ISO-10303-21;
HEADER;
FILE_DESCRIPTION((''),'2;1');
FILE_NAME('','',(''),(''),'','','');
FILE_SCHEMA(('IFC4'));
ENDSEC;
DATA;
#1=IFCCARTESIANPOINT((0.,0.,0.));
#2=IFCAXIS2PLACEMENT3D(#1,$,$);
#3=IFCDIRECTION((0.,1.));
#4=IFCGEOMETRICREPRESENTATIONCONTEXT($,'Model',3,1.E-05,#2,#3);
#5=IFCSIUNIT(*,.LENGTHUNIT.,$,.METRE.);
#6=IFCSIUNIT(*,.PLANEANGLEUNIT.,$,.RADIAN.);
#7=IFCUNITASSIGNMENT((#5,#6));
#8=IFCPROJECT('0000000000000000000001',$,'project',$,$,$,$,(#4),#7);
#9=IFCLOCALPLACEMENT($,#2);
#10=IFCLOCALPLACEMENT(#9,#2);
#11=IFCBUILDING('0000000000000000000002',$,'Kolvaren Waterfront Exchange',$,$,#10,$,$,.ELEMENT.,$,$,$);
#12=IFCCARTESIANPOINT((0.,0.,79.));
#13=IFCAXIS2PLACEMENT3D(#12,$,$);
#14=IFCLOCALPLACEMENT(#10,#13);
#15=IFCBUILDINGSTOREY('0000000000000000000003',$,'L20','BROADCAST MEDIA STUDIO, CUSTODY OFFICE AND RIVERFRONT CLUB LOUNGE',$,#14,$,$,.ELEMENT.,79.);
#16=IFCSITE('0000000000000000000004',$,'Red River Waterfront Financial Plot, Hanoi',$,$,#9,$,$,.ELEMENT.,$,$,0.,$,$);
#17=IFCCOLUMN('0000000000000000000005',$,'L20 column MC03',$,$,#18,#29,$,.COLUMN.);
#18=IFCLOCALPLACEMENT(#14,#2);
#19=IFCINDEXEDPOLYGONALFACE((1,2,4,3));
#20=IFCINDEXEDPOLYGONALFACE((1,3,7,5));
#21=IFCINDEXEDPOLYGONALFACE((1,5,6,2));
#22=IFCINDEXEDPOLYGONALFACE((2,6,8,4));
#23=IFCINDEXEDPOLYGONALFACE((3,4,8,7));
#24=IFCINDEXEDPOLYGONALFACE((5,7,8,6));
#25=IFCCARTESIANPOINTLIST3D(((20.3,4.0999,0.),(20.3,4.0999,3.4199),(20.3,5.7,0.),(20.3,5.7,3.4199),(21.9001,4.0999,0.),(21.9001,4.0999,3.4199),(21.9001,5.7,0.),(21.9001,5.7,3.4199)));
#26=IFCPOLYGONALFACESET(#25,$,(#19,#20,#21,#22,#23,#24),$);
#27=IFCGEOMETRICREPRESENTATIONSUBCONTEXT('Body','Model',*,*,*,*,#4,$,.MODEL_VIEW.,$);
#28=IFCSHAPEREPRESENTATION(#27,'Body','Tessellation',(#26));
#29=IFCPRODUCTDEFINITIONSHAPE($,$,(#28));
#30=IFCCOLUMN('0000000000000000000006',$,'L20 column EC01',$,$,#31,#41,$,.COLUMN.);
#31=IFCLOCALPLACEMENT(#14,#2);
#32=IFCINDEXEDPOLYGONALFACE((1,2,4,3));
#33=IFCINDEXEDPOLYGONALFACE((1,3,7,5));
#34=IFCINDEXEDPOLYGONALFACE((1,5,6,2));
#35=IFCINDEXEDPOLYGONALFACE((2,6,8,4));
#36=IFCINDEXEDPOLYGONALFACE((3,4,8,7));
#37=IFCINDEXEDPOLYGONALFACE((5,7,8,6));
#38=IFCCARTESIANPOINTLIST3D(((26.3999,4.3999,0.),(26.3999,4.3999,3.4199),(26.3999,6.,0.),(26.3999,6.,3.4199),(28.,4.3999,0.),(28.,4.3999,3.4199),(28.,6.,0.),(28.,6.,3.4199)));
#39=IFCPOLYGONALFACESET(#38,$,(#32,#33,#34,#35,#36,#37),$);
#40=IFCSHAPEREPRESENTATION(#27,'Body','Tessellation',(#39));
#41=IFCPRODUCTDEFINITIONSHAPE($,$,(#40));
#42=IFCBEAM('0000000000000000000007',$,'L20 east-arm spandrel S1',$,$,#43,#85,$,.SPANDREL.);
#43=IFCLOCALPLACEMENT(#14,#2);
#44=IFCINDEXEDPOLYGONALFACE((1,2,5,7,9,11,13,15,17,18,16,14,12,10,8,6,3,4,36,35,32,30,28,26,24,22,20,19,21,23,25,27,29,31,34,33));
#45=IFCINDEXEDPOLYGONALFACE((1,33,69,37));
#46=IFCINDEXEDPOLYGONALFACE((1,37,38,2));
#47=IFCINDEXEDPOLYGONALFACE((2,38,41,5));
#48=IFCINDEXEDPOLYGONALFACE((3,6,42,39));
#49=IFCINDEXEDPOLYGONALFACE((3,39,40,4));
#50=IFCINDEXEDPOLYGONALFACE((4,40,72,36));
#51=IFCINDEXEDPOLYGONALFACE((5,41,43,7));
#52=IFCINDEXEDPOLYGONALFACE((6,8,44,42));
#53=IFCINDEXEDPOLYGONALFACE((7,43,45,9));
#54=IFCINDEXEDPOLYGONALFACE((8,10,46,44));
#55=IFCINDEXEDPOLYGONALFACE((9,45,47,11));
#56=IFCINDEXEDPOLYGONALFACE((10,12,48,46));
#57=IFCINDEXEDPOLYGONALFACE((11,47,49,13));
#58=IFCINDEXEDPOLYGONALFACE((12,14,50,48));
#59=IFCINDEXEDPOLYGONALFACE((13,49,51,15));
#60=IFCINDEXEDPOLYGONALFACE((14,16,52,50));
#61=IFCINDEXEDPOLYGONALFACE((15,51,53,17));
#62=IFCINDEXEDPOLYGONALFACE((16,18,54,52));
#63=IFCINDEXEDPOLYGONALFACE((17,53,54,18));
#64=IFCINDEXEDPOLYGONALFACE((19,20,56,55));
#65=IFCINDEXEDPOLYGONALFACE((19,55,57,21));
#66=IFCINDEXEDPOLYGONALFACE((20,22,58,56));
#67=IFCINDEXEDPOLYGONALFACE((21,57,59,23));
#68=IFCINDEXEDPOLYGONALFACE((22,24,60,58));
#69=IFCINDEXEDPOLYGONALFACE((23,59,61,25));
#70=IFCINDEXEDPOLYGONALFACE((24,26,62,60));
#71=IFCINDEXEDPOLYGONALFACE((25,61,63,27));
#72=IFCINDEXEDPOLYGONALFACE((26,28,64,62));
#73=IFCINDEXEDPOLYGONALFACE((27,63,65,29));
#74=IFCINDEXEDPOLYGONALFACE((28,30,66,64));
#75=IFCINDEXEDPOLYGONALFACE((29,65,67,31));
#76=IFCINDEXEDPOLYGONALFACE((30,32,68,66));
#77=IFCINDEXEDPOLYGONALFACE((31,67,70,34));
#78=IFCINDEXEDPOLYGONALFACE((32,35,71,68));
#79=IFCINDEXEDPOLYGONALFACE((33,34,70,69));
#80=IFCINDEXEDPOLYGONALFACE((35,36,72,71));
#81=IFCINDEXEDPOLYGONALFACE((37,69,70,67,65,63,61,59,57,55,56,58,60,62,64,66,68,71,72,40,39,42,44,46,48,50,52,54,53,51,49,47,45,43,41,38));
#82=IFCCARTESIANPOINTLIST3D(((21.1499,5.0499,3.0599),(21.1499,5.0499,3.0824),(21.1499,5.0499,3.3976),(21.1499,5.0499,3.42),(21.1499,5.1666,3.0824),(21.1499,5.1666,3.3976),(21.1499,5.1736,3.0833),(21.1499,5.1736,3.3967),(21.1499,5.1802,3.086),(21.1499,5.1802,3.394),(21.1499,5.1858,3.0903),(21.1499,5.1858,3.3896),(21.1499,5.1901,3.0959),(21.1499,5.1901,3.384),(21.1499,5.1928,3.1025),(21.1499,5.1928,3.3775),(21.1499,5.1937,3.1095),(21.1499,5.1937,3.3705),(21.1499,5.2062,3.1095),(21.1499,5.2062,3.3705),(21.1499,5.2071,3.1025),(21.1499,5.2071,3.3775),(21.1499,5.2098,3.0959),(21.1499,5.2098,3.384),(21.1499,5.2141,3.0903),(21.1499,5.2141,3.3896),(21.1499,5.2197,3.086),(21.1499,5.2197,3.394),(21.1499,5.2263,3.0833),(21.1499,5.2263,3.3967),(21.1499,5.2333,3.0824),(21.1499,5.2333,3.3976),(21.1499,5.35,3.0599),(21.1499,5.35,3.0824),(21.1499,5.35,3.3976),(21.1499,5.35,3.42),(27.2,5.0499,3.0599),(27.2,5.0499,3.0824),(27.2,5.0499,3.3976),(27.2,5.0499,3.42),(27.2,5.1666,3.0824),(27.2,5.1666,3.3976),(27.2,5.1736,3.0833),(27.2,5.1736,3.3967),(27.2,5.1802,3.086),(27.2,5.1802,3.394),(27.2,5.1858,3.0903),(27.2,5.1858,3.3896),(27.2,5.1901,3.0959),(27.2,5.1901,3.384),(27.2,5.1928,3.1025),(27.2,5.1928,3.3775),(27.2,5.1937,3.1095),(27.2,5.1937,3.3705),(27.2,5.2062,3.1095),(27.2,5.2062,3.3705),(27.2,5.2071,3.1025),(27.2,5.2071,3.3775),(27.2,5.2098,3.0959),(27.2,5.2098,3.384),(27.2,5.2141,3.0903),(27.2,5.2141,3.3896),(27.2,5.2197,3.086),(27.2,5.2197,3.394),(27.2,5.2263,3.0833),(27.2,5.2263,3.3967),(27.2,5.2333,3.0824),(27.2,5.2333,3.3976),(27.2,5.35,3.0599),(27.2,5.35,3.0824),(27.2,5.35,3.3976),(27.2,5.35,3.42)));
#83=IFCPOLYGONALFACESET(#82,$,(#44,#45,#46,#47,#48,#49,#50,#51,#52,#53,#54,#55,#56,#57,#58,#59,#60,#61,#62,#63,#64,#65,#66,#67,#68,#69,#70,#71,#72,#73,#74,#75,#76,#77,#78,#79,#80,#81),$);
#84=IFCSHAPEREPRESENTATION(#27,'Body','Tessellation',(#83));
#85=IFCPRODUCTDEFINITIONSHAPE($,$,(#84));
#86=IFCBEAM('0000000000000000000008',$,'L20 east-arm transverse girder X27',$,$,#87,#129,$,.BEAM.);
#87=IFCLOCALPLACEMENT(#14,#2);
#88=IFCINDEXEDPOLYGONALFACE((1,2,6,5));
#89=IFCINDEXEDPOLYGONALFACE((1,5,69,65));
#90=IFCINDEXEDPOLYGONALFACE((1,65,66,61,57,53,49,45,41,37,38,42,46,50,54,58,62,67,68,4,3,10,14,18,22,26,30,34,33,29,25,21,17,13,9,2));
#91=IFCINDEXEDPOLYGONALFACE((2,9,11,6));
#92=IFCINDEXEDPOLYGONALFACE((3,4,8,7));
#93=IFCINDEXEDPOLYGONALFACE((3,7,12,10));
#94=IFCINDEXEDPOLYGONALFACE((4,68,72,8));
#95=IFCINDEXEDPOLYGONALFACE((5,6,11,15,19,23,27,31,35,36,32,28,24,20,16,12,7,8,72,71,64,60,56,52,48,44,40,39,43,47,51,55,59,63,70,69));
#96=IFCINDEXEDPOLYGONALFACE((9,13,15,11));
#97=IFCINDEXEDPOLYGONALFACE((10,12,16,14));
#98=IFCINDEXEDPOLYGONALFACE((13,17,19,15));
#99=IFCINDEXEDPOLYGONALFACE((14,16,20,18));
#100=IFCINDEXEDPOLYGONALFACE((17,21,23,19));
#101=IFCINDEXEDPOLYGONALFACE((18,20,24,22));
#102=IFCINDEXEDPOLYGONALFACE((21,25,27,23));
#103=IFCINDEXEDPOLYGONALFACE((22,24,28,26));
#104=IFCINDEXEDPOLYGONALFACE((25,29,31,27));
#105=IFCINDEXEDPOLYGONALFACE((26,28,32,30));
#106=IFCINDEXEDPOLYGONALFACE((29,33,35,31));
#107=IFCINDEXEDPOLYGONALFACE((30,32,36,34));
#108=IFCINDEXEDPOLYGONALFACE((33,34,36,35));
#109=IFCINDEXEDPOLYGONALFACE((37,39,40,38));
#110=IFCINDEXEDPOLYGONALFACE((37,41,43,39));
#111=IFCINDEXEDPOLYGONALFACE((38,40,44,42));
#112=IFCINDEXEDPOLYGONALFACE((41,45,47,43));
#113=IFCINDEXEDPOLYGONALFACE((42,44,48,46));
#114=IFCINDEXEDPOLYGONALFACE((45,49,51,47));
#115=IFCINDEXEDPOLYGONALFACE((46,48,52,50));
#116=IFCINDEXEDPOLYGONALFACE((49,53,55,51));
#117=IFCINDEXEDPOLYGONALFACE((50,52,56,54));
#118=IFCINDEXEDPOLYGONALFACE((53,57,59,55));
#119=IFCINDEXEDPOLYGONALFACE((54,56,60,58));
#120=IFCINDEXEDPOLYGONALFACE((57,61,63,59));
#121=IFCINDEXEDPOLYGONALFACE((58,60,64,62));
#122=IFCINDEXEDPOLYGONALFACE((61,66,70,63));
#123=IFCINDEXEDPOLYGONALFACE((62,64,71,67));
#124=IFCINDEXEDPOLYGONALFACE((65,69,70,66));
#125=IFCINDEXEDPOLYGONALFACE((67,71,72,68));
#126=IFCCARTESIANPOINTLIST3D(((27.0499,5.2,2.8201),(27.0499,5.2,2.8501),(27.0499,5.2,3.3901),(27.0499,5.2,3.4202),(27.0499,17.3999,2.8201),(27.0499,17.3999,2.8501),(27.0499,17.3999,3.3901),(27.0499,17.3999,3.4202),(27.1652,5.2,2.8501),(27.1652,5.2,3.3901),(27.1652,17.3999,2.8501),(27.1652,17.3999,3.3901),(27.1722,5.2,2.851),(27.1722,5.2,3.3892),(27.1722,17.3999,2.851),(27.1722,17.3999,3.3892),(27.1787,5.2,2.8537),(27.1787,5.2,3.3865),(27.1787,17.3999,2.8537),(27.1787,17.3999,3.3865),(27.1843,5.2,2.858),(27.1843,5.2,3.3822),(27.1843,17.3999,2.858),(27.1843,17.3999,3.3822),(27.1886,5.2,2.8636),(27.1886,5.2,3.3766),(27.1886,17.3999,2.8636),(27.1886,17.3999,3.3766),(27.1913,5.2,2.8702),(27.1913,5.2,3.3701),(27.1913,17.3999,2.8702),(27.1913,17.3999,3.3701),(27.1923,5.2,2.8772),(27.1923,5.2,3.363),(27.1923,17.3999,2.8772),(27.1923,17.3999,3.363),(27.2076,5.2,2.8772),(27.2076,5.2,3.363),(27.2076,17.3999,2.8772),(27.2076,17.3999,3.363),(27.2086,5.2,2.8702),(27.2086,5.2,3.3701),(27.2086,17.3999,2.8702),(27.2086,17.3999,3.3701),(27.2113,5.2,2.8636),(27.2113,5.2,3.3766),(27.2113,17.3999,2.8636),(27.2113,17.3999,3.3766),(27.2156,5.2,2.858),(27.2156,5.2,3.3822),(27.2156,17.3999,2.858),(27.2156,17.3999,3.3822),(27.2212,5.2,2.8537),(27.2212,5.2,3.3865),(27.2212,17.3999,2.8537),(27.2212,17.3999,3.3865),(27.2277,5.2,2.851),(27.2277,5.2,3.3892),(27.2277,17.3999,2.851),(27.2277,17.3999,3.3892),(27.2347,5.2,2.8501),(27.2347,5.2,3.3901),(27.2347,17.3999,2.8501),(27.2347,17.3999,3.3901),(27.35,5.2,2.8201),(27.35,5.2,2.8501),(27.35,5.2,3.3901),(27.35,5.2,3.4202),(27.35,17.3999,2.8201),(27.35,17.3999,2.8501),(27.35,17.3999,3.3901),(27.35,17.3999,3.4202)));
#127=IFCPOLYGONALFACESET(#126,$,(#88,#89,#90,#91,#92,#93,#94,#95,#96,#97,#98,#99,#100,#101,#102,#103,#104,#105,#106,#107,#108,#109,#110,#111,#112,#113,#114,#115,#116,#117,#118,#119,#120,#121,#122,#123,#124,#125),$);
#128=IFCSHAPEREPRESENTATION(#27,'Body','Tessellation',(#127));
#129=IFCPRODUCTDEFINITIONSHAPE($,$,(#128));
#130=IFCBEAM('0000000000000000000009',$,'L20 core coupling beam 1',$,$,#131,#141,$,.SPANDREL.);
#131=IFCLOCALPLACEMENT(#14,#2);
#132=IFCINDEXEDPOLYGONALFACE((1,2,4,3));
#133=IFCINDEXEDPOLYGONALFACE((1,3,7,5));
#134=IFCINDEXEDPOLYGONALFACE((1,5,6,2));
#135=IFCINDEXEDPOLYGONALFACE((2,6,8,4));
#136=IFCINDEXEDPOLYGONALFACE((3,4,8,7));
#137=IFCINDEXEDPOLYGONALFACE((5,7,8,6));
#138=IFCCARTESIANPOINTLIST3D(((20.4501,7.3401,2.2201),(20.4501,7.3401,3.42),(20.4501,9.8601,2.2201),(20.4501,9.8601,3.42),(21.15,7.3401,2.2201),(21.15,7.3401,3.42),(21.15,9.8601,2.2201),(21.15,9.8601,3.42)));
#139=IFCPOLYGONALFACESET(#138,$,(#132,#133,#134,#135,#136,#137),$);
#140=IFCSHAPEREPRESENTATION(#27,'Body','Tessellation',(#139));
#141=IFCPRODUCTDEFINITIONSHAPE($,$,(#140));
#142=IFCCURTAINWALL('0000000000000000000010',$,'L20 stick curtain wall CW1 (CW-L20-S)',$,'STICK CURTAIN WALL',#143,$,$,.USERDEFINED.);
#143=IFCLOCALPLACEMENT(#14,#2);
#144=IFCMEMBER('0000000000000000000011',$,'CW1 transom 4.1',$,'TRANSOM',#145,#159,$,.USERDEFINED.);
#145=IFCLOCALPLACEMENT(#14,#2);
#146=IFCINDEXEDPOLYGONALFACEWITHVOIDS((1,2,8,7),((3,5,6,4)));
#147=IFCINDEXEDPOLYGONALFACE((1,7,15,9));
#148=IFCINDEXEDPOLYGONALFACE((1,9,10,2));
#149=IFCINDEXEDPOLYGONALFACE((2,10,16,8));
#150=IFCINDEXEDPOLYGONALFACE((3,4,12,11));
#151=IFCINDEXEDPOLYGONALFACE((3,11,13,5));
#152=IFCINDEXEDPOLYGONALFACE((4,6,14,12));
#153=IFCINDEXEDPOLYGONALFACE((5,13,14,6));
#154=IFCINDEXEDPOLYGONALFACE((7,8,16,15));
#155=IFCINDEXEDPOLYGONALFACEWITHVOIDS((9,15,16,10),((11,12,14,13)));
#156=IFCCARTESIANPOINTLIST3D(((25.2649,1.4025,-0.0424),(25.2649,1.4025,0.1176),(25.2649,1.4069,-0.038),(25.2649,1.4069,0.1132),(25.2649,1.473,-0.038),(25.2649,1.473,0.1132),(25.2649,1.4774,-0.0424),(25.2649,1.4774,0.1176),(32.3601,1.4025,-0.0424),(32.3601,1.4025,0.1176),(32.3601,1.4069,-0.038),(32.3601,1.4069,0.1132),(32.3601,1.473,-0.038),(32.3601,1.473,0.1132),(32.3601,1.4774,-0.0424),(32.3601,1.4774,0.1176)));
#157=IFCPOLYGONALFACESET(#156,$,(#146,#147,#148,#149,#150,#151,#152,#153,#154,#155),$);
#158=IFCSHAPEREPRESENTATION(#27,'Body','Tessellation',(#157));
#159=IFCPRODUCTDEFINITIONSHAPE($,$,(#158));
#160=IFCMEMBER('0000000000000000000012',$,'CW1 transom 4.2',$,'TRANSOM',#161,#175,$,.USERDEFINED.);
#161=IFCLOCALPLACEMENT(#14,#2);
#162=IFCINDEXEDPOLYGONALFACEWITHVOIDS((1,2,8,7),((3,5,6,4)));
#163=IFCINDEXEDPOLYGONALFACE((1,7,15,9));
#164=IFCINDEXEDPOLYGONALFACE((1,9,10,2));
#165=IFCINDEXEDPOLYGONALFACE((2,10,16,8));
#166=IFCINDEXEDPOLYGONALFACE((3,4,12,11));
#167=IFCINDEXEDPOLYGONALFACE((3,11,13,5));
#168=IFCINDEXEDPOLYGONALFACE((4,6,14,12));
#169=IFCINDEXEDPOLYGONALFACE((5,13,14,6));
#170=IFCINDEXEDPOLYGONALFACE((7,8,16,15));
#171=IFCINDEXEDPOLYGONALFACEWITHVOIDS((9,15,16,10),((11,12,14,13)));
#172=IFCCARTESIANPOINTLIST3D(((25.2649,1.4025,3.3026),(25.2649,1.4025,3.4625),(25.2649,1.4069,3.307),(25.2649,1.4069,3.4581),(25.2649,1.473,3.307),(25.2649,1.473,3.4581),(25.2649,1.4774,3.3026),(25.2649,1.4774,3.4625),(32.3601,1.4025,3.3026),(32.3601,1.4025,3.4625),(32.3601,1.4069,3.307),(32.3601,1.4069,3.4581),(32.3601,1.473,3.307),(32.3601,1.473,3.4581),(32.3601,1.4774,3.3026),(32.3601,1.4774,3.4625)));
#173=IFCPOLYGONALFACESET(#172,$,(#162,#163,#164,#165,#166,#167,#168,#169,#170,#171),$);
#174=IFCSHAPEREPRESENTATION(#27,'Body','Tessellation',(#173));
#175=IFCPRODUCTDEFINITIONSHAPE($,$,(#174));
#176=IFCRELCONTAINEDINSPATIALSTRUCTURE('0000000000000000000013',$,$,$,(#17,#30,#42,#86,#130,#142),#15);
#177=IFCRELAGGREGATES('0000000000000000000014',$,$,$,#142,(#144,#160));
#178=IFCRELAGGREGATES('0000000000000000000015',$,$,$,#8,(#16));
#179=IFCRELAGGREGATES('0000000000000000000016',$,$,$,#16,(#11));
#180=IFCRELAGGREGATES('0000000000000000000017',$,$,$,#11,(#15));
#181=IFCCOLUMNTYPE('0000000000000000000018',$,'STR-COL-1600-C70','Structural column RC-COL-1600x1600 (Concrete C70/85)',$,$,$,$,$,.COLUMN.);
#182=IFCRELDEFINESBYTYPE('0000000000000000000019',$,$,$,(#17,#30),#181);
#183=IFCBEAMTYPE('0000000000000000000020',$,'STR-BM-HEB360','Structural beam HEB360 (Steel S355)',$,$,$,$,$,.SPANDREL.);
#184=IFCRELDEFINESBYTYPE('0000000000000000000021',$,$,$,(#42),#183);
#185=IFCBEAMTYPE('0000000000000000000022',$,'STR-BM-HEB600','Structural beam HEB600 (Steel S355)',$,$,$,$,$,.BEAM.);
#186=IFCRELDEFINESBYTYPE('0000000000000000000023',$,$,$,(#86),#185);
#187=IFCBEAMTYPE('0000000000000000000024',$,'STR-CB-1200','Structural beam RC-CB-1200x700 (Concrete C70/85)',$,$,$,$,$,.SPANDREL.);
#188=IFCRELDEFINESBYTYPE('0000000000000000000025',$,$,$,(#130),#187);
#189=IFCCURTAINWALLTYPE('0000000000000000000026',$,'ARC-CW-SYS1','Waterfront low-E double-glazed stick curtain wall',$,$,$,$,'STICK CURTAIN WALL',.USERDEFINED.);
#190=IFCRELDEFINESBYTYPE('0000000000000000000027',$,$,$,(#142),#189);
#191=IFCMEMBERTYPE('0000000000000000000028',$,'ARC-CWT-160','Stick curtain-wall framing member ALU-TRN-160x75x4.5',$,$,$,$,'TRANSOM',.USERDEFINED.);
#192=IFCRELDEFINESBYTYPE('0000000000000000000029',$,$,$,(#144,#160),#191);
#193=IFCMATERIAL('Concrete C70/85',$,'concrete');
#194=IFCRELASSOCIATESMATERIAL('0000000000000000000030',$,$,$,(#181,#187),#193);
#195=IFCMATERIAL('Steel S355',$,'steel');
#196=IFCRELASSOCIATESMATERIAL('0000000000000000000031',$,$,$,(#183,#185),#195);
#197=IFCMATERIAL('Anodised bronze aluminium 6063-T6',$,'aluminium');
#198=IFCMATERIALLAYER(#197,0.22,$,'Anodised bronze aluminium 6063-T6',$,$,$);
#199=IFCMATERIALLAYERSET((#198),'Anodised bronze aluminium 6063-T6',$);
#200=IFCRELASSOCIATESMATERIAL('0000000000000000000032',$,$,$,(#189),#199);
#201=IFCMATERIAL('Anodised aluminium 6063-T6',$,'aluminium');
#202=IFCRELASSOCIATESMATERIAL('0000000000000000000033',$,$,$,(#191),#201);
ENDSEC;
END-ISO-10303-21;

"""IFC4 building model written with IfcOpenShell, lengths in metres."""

from ifc_helpers import new_model, si_unit, direction, frame, origin, origin_with_axes, origin_2d, place, context, subcontext, project, spatial, rectangle, hollow_rectangle, i_section, extrude, source, transform, mapped, material, layer, layer_set, material_profile, profile_set, type_object, element, aggregate, save


model = new_model("IFC4")

# Units and contexts
model_context = context("Model", 3, precision=1e-05, world=origin(), true_north=direction((0.0, 1.0)))
body_context = subcontext(model_context, "Body", "Model", "MODEL_VIEW")
ifc_project = project(units=[si_unit("LENGTHUNIT", "METRE"), si_unit("PLANEANGLEUNIT", "RADIAN")], contexts=[model_context])

# Site, building, storey
site_placement = place(None, origin())
site = spatial("IfcSite", under=ifc_project, at=site_placement, Name="Red River Waterfront Financial Plot, Hanoi", CompositionType="ELEMENT", RefElevation=0.0)
building_placement = place(site_placement, origin())
building = spatial("IfcBuilding", under=site, at=building_placement, Name="Kolvaren Waterfront Exchange", CompositionType="ELEMENT")
storey_placement = place(building_placement, frame((0.0, 0.0, 79.0)))
storey = spatial("IfcBuildingStorey", under=building, at=storey_placement, Name="L20", Description="BROADCAST MEDIA STUDIO, CUSTODY OFFICE AND RIVERFRONT CLUB LOUNGE", CompositionType="ELEMENT", Elevation=79.0)

# Columns
ifc_material_1 = material(Name="Concrete C70/85", Category="concrete")
ifc_material_profile_1 = material_profile(ifc_material_1, rectangle(XDim=1.6001, YDim=1.6001, at=origin_2d()), Name="RC-COL-1600x1600")
ifc_profile_set_1 = profile_set([ifc_material_profile_1], Name="Concrete C70/85")
column_type = type_object("IfcColumnType", Name="STR-COL-1600-C70", Description="Structural column RC-COL-1600x1600 (Concrete C70/85)", PredefinedType="COLUMN", material=ifc_profile_set_1)
for number, where, z_axis, x_axis, name in (
    (1, (21.1001, 4.8999, 0.0), (0.0, 0.0, 1.0), (1.0, 0.0, 0.0), "L20 column MC03"),
    (2, (27.2, 5.2, 0.0), (0.0, 0.0, 1.0), (1.0, 0.0, 0.0), "L20 column EC01"),
):
    element("IfcColumn", number, at=place(storey_placement, frame(where, z_axis=z_axis, x_axis=x_axis)), inside=storey, type_object=column_type, Name=name, PredefinedType="COLUMN", context=body_context, shape_type="SweptSolid", body=[
        extrude(rectangle(XDim=1.6001, YDim=1.6001, at=origin_2d()), origin(), (0.0, 0.0, 1.0), 3.4199),
    ])

# Beams
ifc_material_2 = material(Name="Steel S355", Category="steel")
ifc_material_profile_2 = material_profile(ifc_material_2, i_section(OverallWidth=0.3, OverallDepth=0.3601, WebThickness=0.0125, FlangeThickness=0.0225, FilletRadius=0.0271, at=origin_2d()), Name="HEB360")
ifc_profile_set_2 = profile_set([ifc_material_profile_2], Name="Steel S355")
beam_type_1 = type_object("IfcBeamType", Name="STR-BM-HEB360", Description="Structural beam HEB360 (Steel S355)", PredefinedType="SPANDREL", material=ifc_profile_set_2)
beam_1_placement = place(storey_placement, frame((21.1499, 5.2, 3.24), z_axis=(1.0, 0.0, 0.0), x_axis=(0.0, 1.0, 0.0)))
element("IfcBeam", 3, at=beam_1_placement, inside=storey, type_object=beam_type_1, Name="L20 east-arm spandrel S1", PredefinedType="SPANDREL", context=body_context, shape_type="SweptSolid", body=[
    extrude(i_section(OverallWidth=0.3, OverallDepth=0.3601, WebThickness=0.0125, FlangeThickness=0.0225, FilletRadius=0.0271, at=origin_2d()), origin(), (0.0, 0.0, 1.0), 6.05),
])
ifc_material_profile_3 = material_profile(ifc_material_2, i_section(OverallWidth=0.3, OverallDepth=0.6001, WebThickness=0.0154, FlangeThickness=0.03, FilletRadius=0.0271, at=origin_2d()), Name="HEB600")
ifc_profile_set_3 = profile_set([ifc_material_profile_3], Name="Steel S355")
beam_type_2 = type_object("IfcBeamType", Name="STR-BM-HEB600", Description="Structural beam HEB600 (Steel S355)", PredefinedType="BEAM", material=ifc_profile_set_3)
beam_2_placement = place(storey_placement, frame((27.2, 5.2, 3.1201), z_axis=(0.0, 1.0, 0.0), x_axis=(-1.0, 0.0, 0.0)))
element("IfcBeam", 4, at=beam_2_placement, inside=storey, type_object=beam_type_2, Name="L20 east-arm transverse girder X27", PredefinedType="BEAM", context=body_context, shape_type="SweptSolid", body=[
    extrude(i_section(OverallWidth=0.3, OverallDepth=0.6001, WebThickness=0.0154, FlangeThickness=0.03, FilletRadius=0.0271, at=origin_2d()), origin(), (0.0, 0.0, 1.0), 12.2),
])
ifc_material_profile_4 = material_profile(ifc_material_1, rectangle(XDim=0.7, YDim=1.2, at=origin_2d()), Name="RC-CB-1200x700")
ifc_profile_set_4 = profile_set([ifc_material_profile_4], Name="Concrete C70/85")
beam_type_3 = type_object("IfcBeamType", Name="STR-CB-1200", Description="Structural beam RC-CB-1200x700 (Concrete C70/85)", PredefinedType="SPANDREL", material=ifc_profile_set_4)
beam_3_placement = place(storey_placement, frame((20.8, 7.3401, 2.8201), z_axis=(0.0, 1.0, 0.0), x_axis=(-1.0, 0.0, 0.0)))
element("IfcBeam", 5, at=beam_3_placement, inside=storey, type_object=beam_type_3, Name="L20 core coupling beam 1", PredefinedType="SPANDREL", context=body_context, shape_type="SweptSolid", body=[
    extrude(rectangle(XDim=0.7, YDim=1.2, at=origin_2d()), origin(), (0.0, 0.0, 1.0), 2.52),
])

# Curtain wall, members
ifc_material_3 = material(Name="Anodised bronze aluminium 6063-T6", Category="aluminium")
ifc_layer_1 = layer(ifc_material_3, 0.22, Name="Anodised bronze aluminium 6063-T6")
ifc_layer_set_1 = layer_set([ifc_layer_1], Name="Anodised bronze aluminium 6063-T6")
curtain_wall_type_1 = type_object("IfcCurtainWallType", Name="ARC-CW-SYS1", Description="Waterfront low-E double-glazed stick curtain wall", ElementType="STICK CURTAIN WALL", PredefinedType="USERDEFINED", material=ifc_layer_set_1)
curtain_wall_1_placement = place(storey_placement, origin())
curtain_wall_1 = element("IfcCurtainWall", 6, at=curtain_wall_1_placement, inside=storey, type_object=curtain_wall_type_1, Name="L20 stick curtain wall CW1 (CW-L20-S)", ObjectType="STICK CURTAIN WALL", PredefinedType="USERDEFINED")
ifc_material_4 = material(Name="Anodised aluminium 6063-T6", Category="aluminium")
ifc_material_profile_5 = material_profile(ifc_material_4, hollow_rectangle(XDim=0.075, YDim=0.1599, WallThickness=0.0044, at=origin_2d()), Name="ALU-TRN-160x75x4.5")
ifc_profile_set_5 = profile_set([ifc_material_profile_5], Name="Anodised aluminium 6063-T6")
member_type_1 = type_object("IfcMemberType", Name="ARC-CWT-160", Description="Stick curtain-wall framing member ALU-TRN-160x75x4.5", ElementType="TRANSOM", PredefinedType="USERDEFINED", material=ifc_profile_set_5)
shared_shape_1 = source(origin_with_axes(), body_context, "Body", "SweptSolid", [
    extrude(hollow_rectangle(XDim=0.075, YDim=0.1599, WallThickness=0.0044, at=origin_2d()), origin(), (0.0, 0.0, 1.0), 7.0952),
])
member_1_placement = place(storey_placement, frame((25.2649, 1.4399, 0.0376), z_axis=(1.0, 0.0, 0.0), x_axis=(0.0, 1.0, 0.0)))
member_1 = element("IfcMember", 7, at=member_1_placement, type_object=member_type_1, Name="CW1 transom 4.1", ObjectType="TRANSOM", PredefinedType="USERDEFINED", context=body_context, shape_type="MappedRepresentation", body=[
    mapped(shared_shape_1, transform((0.0, 0.0, 0.0), x_axis=(1.0, 0.0, 0.0), y_axis=(0.0, 1.0, 0.0), z_axis=(0.0, 0.0, 1.0), scale=1.0)),
])
member_2_placement = place(storey_placement, frame((25.2649, 1.4399, 3.3826), z_axis=(1.0, 0.0, 0.0), x_axis=(0.0, 1.0, 0.0)))
member_2 = element("IfcMember", 8, at=member_2_placement, type_object=member_type_1, Name="CW1 transom 4.2", ObjectType="TRANSOM", PredefinedType="USERDEFINED", context=body_context, shape_type="MappedRepresentation", body=[
    mapped(shared_shape_1, transform((0.0, 0.0, 0.0), x_axis=(1.0, 0.0, 0.0), y_axis=(0.0, 1.0, 0.0), z_axis=(0.0, 0.0, 1.0), scale=1.0)),
])

aggregate(curtain_wall_1, [member_1, member_2])

save(model, "model.ifc")
